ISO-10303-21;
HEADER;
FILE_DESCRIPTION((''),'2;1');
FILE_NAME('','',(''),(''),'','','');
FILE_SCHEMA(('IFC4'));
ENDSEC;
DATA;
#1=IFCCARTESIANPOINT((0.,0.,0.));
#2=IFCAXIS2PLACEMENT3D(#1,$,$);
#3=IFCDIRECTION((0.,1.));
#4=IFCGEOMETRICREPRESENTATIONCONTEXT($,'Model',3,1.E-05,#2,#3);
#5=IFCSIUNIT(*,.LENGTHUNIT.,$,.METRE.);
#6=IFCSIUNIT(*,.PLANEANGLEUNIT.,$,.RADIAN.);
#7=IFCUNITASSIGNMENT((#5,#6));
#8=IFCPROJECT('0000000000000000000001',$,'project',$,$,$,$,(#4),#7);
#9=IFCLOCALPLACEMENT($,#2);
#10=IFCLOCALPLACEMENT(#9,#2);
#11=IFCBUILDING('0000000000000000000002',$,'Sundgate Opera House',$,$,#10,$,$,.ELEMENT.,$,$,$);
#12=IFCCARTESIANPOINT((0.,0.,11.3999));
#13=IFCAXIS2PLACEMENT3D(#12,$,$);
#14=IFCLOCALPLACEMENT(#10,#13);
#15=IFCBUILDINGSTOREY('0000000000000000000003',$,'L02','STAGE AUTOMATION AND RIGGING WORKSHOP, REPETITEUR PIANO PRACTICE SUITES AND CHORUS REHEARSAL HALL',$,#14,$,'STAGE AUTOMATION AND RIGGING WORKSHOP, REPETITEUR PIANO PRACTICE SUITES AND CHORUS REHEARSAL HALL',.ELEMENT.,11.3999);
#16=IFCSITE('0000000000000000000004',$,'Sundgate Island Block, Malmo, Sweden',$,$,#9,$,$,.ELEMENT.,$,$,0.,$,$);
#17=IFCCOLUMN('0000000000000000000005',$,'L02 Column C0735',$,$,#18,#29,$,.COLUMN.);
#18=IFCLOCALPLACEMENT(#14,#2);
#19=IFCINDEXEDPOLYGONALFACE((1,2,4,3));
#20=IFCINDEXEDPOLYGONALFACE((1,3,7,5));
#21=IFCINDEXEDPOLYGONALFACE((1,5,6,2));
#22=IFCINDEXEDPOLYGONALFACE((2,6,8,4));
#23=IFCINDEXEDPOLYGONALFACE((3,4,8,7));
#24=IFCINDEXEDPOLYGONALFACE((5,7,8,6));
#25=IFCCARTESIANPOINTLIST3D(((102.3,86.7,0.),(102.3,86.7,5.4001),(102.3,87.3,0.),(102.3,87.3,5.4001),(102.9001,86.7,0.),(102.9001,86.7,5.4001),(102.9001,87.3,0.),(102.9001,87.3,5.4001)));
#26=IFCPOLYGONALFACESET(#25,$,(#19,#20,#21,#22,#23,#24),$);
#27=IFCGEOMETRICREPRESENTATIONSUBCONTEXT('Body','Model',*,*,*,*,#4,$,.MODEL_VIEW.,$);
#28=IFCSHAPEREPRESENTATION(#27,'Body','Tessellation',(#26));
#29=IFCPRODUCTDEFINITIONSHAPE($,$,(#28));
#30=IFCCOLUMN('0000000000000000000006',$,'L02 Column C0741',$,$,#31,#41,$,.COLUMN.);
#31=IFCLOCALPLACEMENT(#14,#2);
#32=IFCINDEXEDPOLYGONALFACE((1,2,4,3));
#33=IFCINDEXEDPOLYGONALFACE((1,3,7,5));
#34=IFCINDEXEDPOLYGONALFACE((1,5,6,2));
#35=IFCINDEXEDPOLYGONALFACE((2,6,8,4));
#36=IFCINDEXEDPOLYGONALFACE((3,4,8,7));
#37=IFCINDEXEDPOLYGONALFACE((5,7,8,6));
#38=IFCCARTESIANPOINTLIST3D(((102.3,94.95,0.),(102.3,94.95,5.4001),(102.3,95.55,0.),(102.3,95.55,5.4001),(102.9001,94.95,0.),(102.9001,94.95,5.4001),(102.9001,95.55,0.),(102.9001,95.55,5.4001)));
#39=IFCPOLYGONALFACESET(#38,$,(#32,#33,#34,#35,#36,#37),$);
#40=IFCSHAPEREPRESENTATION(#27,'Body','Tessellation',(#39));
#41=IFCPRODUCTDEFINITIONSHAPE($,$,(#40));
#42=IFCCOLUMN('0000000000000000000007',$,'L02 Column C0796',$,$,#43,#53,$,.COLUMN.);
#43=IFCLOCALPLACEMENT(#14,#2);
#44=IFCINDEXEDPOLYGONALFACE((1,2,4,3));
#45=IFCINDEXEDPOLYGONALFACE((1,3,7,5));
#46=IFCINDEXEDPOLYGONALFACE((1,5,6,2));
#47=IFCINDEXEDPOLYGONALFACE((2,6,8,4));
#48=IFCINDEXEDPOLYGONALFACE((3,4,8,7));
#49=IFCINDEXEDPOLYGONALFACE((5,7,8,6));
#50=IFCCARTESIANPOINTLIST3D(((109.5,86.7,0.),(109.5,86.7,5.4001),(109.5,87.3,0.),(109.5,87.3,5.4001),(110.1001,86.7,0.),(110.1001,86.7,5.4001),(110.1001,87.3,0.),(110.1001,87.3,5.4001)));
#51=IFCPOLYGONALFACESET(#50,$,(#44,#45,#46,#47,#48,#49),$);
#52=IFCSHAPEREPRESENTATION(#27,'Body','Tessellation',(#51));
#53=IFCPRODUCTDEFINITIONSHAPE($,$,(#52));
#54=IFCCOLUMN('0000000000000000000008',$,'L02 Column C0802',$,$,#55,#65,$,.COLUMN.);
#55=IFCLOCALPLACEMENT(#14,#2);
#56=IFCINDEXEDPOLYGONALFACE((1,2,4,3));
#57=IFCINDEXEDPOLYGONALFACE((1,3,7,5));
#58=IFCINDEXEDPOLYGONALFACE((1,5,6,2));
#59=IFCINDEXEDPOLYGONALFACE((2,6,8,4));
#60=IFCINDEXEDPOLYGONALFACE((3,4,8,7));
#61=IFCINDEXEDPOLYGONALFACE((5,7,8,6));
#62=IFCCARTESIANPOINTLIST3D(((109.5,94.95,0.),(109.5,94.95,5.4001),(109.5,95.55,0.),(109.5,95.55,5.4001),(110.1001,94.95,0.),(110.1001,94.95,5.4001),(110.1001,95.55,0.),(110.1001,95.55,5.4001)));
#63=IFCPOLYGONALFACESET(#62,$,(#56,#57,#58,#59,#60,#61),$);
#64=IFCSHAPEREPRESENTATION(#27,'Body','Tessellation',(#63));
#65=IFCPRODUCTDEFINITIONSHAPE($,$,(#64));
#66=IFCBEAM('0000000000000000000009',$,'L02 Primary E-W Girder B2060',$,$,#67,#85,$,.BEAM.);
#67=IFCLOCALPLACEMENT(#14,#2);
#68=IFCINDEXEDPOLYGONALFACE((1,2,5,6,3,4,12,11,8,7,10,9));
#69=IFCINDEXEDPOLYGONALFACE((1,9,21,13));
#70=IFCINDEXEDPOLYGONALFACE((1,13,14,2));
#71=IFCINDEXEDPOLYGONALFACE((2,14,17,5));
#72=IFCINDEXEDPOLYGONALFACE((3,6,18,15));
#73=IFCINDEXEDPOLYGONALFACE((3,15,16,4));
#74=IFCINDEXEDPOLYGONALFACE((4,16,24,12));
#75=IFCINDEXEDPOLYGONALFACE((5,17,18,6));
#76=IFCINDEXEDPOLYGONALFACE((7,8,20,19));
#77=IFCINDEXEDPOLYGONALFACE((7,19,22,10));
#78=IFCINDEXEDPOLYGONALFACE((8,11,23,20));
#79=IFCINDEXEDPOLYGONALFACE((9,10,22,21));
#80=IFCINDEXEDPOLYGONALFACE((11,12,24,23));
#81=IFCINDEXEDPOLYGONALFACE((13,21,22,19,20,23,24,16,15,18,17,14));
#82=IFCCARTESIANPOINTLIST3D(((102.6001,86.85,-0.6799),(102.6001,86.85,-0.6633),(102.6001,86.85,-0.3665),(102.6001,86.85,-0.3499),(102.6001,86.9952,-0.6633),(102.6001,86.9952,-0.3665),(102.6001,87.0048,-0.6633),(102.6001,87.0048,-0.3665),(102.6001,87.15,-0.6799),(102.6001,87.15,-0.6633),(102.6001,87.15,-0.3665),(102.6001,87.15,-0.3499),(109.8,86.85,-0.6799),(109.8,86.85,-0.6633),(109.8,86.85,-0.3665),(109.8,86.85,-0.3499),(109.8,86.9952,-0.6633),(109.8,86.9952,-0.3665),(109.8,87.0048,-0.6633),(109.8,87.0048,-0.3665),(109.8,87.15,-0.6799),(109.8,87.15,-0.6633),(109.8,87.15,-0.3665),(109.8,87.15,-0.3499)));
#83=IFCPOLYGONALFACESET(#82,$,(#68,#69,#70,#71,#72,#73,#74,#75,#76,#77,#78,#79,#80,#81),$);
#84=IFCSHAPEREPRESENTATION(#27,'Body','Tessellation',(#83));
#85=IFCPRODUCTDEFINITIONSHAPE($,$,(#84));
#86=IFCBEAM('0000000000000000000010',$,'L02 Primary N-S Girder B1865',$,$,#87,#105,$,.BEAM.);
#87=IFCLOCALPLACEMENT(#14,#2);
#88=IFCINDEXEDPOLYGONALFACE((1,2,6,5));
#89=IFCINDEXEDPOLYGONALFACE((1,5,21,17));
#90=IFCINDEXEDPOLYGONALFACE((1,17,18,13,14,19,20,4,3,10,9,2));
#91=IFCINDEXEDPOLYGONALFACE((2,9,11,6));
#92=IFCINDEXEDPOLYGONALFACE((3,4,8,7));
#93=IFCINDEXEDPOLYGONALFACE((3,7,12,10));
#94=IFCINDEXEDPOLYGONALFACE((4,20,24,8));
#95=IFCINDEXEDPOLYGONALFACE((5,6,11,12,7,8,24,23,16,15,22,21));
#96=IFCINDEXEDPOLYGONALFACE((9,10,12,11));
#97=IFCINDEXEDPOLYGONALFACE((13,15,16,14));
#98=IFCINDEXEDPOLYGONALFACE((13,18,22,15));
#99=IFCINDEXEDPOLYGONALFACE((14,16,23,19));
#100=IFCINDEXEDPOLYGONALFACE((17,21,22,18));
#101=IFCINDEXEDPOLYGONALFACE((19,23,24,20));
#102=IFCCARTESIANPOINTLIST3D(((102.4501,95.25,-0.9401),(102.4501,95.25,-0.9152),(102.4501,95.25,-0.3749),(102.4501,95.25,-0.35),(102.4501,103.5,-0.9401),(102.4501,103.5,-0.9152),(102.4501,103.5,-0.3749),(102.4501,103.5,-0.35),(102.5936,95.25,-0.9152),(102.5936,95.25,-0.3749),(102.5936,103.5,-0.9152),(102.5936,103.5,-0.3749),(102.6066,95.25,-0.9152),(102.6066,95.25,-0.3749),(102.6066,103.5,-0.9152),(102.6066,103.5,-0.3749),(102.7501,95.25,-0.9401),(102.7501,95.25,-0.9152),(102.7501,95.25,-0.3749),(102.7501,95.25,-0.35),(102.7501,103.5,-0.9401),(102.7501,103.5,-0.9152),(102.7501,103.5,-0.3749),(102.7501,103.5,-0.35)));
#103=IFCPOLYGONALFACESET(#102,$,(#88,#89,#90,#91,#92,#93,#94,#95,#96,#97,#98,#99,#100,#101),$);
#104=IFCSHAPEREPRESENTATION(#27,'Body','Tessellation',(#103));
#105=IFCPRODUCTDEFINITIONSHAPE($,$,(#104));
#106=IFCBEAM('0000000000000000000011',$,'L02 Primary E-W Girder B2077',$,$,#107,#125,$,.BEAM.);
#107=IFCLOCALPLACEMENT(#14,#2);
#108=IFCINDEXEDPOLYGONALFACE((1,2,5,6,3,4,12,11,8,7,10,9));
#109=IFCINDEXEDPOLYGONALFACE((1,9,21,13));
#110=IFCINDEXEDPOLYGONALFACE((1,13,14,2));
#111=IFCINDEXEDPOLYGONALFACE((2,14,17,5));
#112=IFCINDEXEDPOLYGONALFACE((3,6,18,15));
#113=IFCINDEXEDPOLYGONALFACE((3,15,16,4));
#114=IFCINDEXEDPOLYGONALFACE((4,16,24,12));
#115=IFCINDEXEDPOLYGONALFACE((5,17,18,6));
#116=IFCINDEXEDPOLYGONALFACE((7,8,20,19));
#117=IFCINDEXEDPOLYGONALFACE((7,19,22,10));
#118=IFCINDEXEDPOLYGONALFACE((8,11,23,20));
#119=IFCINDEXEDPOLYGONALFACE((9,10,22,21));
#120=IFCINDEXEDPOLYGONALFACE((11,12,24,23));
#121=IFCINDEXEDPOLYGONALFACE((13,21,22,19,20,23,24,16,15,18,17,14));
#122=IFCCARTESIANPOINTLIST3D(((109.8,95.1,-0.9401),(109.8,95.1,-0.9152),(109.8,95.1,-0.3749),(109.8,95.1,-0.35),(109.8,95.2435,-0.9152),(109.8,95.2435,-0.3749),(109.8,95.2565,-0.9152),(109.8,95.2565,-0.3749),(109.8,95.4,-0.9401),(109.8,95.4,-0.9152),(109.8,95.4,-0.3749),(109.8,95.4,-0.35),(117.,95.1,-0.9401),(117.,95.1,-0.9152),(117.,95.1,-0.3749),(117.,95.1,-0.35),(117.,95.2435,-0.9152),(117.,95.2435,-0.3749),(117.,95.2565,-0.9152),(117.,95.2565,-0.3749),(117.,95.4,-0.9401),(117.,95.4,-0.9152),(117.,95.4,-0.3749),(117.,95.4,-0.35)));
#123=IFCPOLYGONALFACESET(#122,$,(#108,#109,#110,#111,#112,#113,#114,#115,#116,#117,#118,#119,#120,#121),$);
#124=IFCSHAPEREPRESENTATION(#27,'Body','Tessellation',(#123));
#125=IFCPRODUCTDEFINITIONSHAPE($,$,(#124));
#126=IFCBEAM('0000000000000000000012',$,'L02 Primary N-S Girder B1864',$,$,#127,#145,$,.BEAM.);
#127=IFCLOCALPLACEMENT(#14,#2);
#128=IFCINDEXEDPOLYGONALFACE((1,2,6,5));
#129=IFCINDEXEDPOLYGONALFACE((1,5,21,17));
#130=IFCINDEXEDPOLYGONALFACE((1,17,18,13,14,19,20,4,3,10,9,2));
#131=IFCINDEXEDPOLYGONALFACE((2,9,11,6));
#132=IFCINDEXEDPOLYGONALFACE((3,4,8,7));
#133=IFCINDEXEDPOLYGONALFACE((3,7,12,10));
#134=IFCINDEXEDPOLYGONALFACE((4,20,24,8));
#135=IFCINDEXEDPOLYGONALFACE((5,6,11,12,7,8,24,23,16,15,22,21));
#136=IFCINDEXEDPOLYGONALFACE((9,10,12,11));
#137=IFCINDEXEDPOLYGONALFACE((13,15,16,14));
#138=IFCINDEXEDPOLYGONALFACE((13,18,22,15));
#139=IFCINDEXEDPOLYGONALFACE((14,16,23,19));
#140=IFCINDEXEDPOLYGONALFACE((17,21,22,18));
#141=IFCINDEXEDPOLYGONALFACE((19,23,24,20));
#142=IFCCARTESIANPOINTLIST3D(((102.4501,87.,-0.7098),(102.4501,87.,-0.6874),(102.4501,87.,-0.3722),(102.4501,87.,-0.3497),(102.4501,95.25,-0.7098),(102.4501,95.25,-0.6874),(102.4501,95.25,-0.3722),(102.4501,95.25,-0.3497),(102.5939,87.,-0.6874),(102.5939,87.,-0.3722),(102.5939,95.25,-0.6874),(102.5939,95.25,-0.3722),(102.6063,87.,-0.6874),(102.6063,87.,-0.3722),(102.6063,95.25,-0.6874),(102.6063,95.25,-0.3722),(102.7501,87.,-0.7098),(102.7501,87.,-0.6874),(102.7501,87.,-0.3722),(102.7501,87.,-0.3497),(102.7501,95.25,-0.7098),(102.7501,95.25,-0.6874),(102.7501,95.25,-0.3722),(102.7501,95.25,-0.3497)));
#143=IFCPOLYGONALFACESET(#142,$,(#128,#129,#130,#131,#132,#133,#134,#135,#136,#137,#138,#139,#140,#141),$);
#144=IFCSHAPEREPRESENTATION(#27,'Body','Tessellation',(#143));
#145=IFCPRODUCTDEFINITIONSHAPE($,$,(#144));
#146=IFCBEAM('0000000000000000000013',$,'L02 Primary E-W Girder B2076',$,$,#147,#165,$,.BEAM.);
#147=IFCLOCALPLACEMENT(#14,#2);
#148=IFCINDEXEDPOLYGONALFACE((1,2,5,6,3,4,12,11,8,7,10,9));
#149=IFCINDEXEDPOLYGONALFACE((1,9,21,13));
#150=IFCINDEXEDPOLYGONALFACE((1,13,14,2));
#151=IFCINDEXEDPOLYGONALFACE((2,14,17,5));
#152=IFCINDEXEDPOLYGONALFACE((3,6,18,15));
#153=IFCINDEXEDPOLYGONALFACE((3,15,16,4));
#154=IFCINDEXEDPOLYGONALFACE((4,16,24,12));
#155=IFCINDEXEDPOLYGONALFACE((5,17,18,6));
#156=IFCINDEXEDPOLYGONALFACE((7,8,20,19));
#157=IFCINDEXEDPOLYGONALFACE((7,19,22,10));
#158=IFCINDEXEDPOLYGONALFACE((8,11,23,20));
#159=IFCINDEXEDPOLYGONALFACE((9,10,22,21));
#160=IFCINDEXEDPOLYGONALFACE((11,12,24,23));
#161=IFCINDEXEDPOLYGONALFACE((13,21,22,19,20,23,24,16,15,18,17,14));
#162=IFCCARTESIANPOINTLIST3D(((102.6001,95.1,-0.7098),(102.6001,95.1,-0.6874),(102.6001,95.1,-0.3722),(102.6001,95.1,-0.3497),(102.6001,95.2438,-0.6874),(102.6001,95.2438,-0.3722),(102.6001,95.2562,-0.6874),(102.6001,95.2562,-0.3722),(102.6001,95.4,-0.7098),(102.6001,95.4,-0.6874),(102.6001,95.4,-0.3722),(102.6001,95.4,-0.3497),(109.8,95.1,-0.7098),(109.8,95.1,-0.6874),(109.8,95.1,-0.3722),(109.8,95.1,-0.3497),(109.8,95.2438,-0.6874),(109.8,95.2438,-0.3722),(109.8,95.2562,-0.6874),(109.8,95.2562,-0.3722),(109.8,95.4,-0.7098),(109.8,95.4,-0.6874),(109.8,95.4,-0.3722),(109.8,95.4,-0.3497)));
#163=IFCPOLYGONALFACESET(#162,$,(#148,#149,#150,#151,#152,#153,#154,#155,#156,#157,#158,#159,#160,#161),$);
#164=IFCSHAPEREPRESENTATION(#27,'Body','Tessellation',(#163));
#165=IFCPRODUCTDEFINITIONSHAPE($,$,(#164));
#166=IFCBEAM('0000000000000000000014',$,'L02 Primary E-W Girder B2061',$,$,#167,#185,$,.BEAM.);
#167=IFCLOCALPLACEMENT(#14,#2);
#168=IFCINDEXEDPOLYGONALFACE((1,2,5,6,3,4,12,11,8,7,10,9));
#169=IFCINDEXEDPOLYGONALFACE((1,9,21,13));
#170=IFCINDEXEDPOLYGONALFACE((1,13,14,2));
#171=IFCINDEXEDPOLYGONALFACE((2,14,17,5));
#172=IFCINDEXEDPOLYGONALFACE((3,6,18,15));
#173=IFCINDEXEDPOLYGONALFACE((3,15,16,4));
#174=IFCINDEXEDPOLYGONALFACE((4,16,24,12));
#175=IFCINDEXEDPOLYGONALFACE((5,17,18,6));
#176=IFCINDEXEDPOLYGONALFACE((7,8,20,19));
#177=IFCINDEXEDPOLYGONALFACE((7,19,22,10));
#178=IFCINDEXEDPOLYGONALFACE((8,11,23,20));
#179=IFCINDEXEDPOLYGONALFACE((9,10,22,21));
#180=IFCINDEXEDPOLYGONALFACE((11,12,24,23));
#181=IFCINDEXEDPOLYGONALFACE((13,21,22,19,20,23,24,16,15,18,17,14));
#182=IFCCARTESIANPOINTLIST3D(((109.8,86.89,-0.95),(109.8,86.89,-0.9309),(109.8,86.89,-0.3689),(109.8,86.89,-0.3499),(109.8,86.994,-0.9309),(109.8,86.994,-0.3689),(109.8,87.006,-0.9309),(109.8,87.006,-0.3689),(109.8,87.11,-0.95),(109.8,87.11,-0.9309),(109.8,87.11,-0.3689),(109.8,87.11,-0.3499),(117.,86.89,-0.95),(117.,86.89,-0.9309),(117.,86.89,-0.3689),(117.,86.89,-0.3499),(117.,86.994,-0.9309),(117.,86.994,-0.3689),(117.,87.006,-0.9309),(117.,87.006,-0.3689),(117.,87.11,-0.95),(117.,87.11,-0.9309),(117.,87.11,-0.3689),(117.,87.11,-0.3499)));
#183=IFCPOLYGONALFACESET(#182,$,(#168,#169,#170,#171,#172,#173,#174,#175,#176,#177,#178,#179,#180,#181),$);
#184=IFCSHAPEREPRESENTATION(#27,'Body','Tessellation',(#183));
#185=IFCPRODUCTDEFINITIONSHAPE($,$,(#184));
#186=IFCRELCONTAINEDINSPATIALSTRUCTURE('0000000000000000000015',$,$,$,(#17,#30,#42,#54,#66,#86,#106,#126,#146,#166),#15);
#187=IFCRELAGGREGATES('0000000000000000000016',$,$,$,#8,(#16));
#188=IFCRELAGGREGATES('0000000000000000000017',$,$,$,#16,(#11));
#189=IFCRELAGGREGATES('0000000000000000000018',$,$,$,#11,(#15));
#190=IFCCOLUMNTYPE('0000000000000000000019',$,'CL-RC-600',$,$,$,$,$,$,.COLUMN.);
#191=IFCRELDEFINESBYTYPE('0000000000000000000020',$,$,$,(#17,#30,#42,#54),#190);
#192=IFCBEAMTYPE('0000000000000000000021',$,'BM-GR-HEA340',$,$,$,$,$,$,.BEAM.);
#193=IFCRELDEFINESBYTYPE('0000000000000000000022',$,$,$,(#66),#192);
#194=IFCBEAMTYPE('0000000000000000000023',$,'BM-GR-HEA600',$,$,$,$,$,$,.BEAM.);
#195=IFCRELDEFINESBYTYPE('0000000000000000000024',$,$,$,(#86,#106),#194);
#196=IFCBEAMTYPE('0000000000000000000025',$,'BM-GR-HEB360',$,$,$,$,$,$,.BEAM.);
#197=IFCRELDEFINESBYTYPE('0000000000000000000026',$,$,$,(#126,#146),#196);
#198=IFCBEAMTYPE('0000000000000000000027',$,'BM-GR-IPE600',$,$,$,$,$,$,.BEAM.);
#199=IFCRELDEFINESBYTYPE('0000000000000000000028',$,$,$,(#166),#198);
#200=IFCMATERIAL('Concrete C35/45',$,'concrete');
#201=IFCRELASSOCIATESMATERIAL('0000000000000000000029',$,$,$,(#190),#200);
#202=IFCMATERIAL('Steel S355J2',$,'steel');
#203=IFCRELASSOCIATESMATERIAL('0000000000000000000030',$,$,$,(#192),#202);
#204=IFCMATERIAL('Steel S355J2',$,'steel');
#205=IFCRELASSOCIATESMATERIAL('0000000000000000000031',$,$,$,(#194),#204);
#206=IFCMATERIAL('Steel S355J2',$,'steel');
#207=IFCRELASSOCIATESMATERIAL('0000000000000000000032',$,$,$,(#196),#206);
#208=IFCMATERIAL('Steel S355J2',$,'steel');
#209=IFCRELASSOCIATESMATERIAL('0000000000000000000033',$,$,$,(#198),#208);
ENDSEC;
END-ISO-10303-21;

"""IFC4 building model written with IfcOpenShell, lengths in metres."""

from ifc_helpers import new_model, si_unit, direction, frame, origin, origin_2d, place, context, subcontext, project, spatial, rectangle, i_section, extrude, material, material_profile, profile_set, type_object, element, save


model = new_model("IFC4")

# Units and contexts
model_context = context("Model", 3, precision=1e-05, world=origin(), true_north=direction((0.0, 1.0)))
body_context = subcontext(model_context, "Body", "Model", "MODEL_VIEW")
ifc_project = project(units=[si_unit("LENGTHUNIT", "METRE"), si_unit("PLANEANGLEUNIT", "RADIAN")], contexts=[model_context])

# Site, building, storey
site_placement = place(None, origin())
site = spatial("IfcSite", under=ifc_project, at=site_placement, Name="Sundgate Island Block, Malmo, Sweden", CompositionType="ELEMENT", RefElevation=0.0)
building_placement = place(site_placement, origin())
building = spatial("IfcBuilding", under=site, at=building_placement, Name="Sundgate Opera House", CompositionType="ELEMENT")
storey_placement = place(building_placement, frame((0.0, 0.0, 11.3999)))
storey = spatial("IfcBuildingStorey", under=building, at=storey_placement, Name="L02", Description="STAGE AUTOMATION AND RIGGING WORKSHOP, REPETITEUR PIANO PRACTICE SUITES AND CHORUS REHEARSAL HALL", LongName="STAGE AUTOMATION AND RIGGING WORKSHOP, REPETITEUR PIANO PRACTICE SUITES AND CHORUS REHEARSAL HALL", CompositionType="ELEMENT", Elevation=11.3999)

# Columns
ifc_material_1 = material(Name="Concrete C35/45", Category="concrete")
ifc_material_profile_1 = material_profile(ifc_material_1, rectangle(XDim=0.6001, YDim=0.6001, at=origin_2d()), Name="RC 600x600")
ifc_profile_set_1 = profile_set([ifc_material_profile_1], Name="Concrete C35/45")
column_type = type_object("IfcColumnType", Name="CL-RC-600", PredefinedType="COLUMN", material=ifc_profile_set_1)
for number, where, z_axis, x_axis, name in (
    (1, (102.6001, 87.0, 0.0), (0.0, 0.0, 1.0), (1.0, 0.0, 0.0), "L02 Column C0735"),
    (2, (102.6001, 95.25, 0.0), (0.0, 0.0, 1.0), (1.0, 0.0, 0.0), "L02 Column C0741"),
    (3, (109.8, 87.0, 0.0), (0.0, 0.0, 1.0), (1.0, 0.0, 0.0), "L02 Column C0796"),
    (4, (109.8, 95.25, 0.0), (0.0, 0.0, 1.0), (1.0, 0.0, 0.0), "L02 Column C0802"),
):
    element("IfcColumn", number, at=place(storey_placement, frame(where, z_axis=z_axis, x_axis=x_axis)), inside=storey, type_object=column_type, Name=name, PredefinedType="COLUMN", context=body_context, shape_type="SweptSolid", body=[
        extrude(rectangle(XDim=0.6001, YDim=0.6001, at=origin_2d()), origin(), (0.0, 0.0, 1.0), 5.4001),
    ])

# Beams
ifc_material_2 = material(Name="Steel S355J2", Category="steel")
ifc_material_profile_2 = material_profile(ifc_material_2, i_section(OverallWidth=0.3, OverallDepth=0.3301, WebThickness=0.0095, FlangeThickness=0.0166, at=origin_2d()), Name="HEA 340")
ifc_profile_set_2 = profile_set([ifc_material_profile_2], Name="Steel S355J2")
beam_type_1 = type_object("IfcBeamType", Name="BM-GR-HEA340", PredefinedType="BEAM", material=ifc_profile_set_2)
beam_1_placement = place(storey_placement, frame((102.6001, 87.0, -0.5149), z_axis=(1.0, 0.0, 0.0), x_axis=(0.0, 1.0, 0.0)))
element("IfcBeam", 5, at=beam_1_placement, inside=storey, type_object=beam_type_1, Name="L02 Primary E-W Girder B2060", PredefinedType="BEAM", context=body_context, shape_type="SweptSolid", body=[
    extrude(i_section(OverallWidth=0.3, OverallDepth=0.3301, WebThickness=0.0095, FlangeThickness=0.0166, at=origin_2d()), origin(), (0.0, 0.0, 1.0), 7.2),
])
ifc_material_3 = material(Name="Steel S355J2", Category="steel")
ifc_material_profile_3 = material_profile(ifc_material_3, i_section(OverallWidth=0.3, OverallDepth=0.5901, WebThickness=0.0129, FlangeThickness=0.0249, at=origin_2d()), Name="HEA 600")
ifc_profile_set_3 = profile_set([ifc_material_profile_3], Name="Steel S355J2")
beam_type_2 = type_object("IfcBeamType", Name="BM-GR-HEA600", PredefinedType="BEAM", material=ifc_profile_set_3)
beam_2_placement = place(storey_placement, frame((102.6001, 95.25, -0.645), z_axis=(0.0, 1.0, 0.0), x_axis=(-1.0, 0.0, 0.0)))
element("IfcBeam", 6, at=beam_2_placement, inside=storey, type_object=beam_type_2, Name="L02 Primary N-S Girder B1865", PredefinedType="BEAM", context=body_context, shape_type="SweptSolid", body=[
    extrude(i_section(OverallWidth=0.3, OverallDepth=0.5901, WebThickness=0.0129, FlangeThickness=0.0249, at=origin_2d()), origin(), (0.0, 0.0, 1.0), 8.25),
])
beam_3_placement = place(storey_placement, frame((109.8, 95.25, -0.645), z_axis=(1.0, 0.0, 0.0), x_axis=(0.0, 1.0, 0.0)))
element("IfcBeam", 7, at=beam_3_placement, inside=storey, type_object=beam_type_2, Name="L02 Primary E-W Girder B2077", PredefinedType="BEAM", context=body_context, shape_type="SweptSolid", body=[
    extrude(i_section(OverallWidth=0.3, OverallDepth=0.5901, WebThickness=0.0129, FlangeThickness=0.0249, at=origin_2d()), origin(), (0.0, 0.0, 1.0), 7.2),
])
ifc_material_4 = material(Name="Steel S355J2", Category="steel")
ifc_material_profile_4 = material_profile(ifc_material_4, i_section(OverallWidth=0.3, OverallDepth=0.3601, WebThickness=0.0125, FlangeThickness=0.0225, at=origin_2d()), Name="HEB 360")
ifc_profile_set_4 = profile_set([ifc_material_profile_4], Name="Steel S355J2")
beam_type_3 = type_object("IfcBeamType", Name="BM-GR-HEB360", PredefinedType="BEAM", material=ifc_profile_set_4)
beam_4_placement = place(storey_placement, frame((102.6001, 87.0, -0.5298), z_axis=(0.0, 1.0, 0.0), x_axis=(-1.0, 0.0, 0.0)))
element("IfcBeam", 8, at=beam_4_placement, inside=storey, type_object=beam_type_3, Name="L02 Primary N-S Girder B1864", PredefinedType="BEAM", context=body_context, shape_type="SweptSolid", body=[
    extrude(i_section(OverallWidth=0.3, OverallDepth=0.3601, WebThickness=0.0125, FlangeThickness=0.0225, at=origin_2d()), origin(), (0.0, 0.0, 1.0), 8.25),
])
beam_5_placement = place(storey_placement, frame((102.6001, 95.25, -0.5298), z_axis=(1.0, 0.0, 0.0), x_axis=(0.0, 1.0, 0.0)))
element("IfcBeam", 9, at=beam_5_placement, inside=storey, type_object=beam_type_3, Name="L02 Primary E-W Girder B2076", PredefinedType="BEAM", context=body_context, shape_type="SweptSolid", body=[
    extrude(i_section(OverallWidth=0.3, OverallDepth=0.3601, WebThickness=0.0125, FlangeThickness=0.0225, at=origin_2d()), origin(), (0.0, 0.0, 1.0), 7.2),
])
ifc_material_5 = material(Name="Steel S355J2", Category="steel")
ifc_material_profile_5 = material_profile(ifc_material_5, i_section(OverallWidth=0.22, OverallDepth=0.6001, WebThickness=0.012, FlangeThickness=0.019, at=origin_2d()), Name="IPE 600")
ifc_profile_set_5 = profile_set([ifc_material_profile_5], Name="Steel S355J2")
beam_type_4 = type_object("IfcBeamType", Name="BM-GR-IPE600", PredefinedType="BEAM", material=ifc_profile_set_5)
beam_6_placement = place(storey_placement, frame((109.8, 87.0, -0.6499), z_axis=(1.0, 0.0, 0.0), x_axis=(0.0, 1.0, 0.0)))
element("IfcBeam", 10, at=beam_6_placement, inside=storey, type_object=beam_type_4, Name="L02 Primary E-W Girder B2061", PredefinedType="BEAM", context=body_context, shape_type="SweptSolid", body=[
    extrude(i_section(OverallWidth=0.22, OverallDepth=0.6001, WebThickness=0.012, FlangeThickness=0.019, at=origin_2d()), origin(), (0.0, 0.0, 1.0), 7.2),
])

save(model, "model.ifc")
